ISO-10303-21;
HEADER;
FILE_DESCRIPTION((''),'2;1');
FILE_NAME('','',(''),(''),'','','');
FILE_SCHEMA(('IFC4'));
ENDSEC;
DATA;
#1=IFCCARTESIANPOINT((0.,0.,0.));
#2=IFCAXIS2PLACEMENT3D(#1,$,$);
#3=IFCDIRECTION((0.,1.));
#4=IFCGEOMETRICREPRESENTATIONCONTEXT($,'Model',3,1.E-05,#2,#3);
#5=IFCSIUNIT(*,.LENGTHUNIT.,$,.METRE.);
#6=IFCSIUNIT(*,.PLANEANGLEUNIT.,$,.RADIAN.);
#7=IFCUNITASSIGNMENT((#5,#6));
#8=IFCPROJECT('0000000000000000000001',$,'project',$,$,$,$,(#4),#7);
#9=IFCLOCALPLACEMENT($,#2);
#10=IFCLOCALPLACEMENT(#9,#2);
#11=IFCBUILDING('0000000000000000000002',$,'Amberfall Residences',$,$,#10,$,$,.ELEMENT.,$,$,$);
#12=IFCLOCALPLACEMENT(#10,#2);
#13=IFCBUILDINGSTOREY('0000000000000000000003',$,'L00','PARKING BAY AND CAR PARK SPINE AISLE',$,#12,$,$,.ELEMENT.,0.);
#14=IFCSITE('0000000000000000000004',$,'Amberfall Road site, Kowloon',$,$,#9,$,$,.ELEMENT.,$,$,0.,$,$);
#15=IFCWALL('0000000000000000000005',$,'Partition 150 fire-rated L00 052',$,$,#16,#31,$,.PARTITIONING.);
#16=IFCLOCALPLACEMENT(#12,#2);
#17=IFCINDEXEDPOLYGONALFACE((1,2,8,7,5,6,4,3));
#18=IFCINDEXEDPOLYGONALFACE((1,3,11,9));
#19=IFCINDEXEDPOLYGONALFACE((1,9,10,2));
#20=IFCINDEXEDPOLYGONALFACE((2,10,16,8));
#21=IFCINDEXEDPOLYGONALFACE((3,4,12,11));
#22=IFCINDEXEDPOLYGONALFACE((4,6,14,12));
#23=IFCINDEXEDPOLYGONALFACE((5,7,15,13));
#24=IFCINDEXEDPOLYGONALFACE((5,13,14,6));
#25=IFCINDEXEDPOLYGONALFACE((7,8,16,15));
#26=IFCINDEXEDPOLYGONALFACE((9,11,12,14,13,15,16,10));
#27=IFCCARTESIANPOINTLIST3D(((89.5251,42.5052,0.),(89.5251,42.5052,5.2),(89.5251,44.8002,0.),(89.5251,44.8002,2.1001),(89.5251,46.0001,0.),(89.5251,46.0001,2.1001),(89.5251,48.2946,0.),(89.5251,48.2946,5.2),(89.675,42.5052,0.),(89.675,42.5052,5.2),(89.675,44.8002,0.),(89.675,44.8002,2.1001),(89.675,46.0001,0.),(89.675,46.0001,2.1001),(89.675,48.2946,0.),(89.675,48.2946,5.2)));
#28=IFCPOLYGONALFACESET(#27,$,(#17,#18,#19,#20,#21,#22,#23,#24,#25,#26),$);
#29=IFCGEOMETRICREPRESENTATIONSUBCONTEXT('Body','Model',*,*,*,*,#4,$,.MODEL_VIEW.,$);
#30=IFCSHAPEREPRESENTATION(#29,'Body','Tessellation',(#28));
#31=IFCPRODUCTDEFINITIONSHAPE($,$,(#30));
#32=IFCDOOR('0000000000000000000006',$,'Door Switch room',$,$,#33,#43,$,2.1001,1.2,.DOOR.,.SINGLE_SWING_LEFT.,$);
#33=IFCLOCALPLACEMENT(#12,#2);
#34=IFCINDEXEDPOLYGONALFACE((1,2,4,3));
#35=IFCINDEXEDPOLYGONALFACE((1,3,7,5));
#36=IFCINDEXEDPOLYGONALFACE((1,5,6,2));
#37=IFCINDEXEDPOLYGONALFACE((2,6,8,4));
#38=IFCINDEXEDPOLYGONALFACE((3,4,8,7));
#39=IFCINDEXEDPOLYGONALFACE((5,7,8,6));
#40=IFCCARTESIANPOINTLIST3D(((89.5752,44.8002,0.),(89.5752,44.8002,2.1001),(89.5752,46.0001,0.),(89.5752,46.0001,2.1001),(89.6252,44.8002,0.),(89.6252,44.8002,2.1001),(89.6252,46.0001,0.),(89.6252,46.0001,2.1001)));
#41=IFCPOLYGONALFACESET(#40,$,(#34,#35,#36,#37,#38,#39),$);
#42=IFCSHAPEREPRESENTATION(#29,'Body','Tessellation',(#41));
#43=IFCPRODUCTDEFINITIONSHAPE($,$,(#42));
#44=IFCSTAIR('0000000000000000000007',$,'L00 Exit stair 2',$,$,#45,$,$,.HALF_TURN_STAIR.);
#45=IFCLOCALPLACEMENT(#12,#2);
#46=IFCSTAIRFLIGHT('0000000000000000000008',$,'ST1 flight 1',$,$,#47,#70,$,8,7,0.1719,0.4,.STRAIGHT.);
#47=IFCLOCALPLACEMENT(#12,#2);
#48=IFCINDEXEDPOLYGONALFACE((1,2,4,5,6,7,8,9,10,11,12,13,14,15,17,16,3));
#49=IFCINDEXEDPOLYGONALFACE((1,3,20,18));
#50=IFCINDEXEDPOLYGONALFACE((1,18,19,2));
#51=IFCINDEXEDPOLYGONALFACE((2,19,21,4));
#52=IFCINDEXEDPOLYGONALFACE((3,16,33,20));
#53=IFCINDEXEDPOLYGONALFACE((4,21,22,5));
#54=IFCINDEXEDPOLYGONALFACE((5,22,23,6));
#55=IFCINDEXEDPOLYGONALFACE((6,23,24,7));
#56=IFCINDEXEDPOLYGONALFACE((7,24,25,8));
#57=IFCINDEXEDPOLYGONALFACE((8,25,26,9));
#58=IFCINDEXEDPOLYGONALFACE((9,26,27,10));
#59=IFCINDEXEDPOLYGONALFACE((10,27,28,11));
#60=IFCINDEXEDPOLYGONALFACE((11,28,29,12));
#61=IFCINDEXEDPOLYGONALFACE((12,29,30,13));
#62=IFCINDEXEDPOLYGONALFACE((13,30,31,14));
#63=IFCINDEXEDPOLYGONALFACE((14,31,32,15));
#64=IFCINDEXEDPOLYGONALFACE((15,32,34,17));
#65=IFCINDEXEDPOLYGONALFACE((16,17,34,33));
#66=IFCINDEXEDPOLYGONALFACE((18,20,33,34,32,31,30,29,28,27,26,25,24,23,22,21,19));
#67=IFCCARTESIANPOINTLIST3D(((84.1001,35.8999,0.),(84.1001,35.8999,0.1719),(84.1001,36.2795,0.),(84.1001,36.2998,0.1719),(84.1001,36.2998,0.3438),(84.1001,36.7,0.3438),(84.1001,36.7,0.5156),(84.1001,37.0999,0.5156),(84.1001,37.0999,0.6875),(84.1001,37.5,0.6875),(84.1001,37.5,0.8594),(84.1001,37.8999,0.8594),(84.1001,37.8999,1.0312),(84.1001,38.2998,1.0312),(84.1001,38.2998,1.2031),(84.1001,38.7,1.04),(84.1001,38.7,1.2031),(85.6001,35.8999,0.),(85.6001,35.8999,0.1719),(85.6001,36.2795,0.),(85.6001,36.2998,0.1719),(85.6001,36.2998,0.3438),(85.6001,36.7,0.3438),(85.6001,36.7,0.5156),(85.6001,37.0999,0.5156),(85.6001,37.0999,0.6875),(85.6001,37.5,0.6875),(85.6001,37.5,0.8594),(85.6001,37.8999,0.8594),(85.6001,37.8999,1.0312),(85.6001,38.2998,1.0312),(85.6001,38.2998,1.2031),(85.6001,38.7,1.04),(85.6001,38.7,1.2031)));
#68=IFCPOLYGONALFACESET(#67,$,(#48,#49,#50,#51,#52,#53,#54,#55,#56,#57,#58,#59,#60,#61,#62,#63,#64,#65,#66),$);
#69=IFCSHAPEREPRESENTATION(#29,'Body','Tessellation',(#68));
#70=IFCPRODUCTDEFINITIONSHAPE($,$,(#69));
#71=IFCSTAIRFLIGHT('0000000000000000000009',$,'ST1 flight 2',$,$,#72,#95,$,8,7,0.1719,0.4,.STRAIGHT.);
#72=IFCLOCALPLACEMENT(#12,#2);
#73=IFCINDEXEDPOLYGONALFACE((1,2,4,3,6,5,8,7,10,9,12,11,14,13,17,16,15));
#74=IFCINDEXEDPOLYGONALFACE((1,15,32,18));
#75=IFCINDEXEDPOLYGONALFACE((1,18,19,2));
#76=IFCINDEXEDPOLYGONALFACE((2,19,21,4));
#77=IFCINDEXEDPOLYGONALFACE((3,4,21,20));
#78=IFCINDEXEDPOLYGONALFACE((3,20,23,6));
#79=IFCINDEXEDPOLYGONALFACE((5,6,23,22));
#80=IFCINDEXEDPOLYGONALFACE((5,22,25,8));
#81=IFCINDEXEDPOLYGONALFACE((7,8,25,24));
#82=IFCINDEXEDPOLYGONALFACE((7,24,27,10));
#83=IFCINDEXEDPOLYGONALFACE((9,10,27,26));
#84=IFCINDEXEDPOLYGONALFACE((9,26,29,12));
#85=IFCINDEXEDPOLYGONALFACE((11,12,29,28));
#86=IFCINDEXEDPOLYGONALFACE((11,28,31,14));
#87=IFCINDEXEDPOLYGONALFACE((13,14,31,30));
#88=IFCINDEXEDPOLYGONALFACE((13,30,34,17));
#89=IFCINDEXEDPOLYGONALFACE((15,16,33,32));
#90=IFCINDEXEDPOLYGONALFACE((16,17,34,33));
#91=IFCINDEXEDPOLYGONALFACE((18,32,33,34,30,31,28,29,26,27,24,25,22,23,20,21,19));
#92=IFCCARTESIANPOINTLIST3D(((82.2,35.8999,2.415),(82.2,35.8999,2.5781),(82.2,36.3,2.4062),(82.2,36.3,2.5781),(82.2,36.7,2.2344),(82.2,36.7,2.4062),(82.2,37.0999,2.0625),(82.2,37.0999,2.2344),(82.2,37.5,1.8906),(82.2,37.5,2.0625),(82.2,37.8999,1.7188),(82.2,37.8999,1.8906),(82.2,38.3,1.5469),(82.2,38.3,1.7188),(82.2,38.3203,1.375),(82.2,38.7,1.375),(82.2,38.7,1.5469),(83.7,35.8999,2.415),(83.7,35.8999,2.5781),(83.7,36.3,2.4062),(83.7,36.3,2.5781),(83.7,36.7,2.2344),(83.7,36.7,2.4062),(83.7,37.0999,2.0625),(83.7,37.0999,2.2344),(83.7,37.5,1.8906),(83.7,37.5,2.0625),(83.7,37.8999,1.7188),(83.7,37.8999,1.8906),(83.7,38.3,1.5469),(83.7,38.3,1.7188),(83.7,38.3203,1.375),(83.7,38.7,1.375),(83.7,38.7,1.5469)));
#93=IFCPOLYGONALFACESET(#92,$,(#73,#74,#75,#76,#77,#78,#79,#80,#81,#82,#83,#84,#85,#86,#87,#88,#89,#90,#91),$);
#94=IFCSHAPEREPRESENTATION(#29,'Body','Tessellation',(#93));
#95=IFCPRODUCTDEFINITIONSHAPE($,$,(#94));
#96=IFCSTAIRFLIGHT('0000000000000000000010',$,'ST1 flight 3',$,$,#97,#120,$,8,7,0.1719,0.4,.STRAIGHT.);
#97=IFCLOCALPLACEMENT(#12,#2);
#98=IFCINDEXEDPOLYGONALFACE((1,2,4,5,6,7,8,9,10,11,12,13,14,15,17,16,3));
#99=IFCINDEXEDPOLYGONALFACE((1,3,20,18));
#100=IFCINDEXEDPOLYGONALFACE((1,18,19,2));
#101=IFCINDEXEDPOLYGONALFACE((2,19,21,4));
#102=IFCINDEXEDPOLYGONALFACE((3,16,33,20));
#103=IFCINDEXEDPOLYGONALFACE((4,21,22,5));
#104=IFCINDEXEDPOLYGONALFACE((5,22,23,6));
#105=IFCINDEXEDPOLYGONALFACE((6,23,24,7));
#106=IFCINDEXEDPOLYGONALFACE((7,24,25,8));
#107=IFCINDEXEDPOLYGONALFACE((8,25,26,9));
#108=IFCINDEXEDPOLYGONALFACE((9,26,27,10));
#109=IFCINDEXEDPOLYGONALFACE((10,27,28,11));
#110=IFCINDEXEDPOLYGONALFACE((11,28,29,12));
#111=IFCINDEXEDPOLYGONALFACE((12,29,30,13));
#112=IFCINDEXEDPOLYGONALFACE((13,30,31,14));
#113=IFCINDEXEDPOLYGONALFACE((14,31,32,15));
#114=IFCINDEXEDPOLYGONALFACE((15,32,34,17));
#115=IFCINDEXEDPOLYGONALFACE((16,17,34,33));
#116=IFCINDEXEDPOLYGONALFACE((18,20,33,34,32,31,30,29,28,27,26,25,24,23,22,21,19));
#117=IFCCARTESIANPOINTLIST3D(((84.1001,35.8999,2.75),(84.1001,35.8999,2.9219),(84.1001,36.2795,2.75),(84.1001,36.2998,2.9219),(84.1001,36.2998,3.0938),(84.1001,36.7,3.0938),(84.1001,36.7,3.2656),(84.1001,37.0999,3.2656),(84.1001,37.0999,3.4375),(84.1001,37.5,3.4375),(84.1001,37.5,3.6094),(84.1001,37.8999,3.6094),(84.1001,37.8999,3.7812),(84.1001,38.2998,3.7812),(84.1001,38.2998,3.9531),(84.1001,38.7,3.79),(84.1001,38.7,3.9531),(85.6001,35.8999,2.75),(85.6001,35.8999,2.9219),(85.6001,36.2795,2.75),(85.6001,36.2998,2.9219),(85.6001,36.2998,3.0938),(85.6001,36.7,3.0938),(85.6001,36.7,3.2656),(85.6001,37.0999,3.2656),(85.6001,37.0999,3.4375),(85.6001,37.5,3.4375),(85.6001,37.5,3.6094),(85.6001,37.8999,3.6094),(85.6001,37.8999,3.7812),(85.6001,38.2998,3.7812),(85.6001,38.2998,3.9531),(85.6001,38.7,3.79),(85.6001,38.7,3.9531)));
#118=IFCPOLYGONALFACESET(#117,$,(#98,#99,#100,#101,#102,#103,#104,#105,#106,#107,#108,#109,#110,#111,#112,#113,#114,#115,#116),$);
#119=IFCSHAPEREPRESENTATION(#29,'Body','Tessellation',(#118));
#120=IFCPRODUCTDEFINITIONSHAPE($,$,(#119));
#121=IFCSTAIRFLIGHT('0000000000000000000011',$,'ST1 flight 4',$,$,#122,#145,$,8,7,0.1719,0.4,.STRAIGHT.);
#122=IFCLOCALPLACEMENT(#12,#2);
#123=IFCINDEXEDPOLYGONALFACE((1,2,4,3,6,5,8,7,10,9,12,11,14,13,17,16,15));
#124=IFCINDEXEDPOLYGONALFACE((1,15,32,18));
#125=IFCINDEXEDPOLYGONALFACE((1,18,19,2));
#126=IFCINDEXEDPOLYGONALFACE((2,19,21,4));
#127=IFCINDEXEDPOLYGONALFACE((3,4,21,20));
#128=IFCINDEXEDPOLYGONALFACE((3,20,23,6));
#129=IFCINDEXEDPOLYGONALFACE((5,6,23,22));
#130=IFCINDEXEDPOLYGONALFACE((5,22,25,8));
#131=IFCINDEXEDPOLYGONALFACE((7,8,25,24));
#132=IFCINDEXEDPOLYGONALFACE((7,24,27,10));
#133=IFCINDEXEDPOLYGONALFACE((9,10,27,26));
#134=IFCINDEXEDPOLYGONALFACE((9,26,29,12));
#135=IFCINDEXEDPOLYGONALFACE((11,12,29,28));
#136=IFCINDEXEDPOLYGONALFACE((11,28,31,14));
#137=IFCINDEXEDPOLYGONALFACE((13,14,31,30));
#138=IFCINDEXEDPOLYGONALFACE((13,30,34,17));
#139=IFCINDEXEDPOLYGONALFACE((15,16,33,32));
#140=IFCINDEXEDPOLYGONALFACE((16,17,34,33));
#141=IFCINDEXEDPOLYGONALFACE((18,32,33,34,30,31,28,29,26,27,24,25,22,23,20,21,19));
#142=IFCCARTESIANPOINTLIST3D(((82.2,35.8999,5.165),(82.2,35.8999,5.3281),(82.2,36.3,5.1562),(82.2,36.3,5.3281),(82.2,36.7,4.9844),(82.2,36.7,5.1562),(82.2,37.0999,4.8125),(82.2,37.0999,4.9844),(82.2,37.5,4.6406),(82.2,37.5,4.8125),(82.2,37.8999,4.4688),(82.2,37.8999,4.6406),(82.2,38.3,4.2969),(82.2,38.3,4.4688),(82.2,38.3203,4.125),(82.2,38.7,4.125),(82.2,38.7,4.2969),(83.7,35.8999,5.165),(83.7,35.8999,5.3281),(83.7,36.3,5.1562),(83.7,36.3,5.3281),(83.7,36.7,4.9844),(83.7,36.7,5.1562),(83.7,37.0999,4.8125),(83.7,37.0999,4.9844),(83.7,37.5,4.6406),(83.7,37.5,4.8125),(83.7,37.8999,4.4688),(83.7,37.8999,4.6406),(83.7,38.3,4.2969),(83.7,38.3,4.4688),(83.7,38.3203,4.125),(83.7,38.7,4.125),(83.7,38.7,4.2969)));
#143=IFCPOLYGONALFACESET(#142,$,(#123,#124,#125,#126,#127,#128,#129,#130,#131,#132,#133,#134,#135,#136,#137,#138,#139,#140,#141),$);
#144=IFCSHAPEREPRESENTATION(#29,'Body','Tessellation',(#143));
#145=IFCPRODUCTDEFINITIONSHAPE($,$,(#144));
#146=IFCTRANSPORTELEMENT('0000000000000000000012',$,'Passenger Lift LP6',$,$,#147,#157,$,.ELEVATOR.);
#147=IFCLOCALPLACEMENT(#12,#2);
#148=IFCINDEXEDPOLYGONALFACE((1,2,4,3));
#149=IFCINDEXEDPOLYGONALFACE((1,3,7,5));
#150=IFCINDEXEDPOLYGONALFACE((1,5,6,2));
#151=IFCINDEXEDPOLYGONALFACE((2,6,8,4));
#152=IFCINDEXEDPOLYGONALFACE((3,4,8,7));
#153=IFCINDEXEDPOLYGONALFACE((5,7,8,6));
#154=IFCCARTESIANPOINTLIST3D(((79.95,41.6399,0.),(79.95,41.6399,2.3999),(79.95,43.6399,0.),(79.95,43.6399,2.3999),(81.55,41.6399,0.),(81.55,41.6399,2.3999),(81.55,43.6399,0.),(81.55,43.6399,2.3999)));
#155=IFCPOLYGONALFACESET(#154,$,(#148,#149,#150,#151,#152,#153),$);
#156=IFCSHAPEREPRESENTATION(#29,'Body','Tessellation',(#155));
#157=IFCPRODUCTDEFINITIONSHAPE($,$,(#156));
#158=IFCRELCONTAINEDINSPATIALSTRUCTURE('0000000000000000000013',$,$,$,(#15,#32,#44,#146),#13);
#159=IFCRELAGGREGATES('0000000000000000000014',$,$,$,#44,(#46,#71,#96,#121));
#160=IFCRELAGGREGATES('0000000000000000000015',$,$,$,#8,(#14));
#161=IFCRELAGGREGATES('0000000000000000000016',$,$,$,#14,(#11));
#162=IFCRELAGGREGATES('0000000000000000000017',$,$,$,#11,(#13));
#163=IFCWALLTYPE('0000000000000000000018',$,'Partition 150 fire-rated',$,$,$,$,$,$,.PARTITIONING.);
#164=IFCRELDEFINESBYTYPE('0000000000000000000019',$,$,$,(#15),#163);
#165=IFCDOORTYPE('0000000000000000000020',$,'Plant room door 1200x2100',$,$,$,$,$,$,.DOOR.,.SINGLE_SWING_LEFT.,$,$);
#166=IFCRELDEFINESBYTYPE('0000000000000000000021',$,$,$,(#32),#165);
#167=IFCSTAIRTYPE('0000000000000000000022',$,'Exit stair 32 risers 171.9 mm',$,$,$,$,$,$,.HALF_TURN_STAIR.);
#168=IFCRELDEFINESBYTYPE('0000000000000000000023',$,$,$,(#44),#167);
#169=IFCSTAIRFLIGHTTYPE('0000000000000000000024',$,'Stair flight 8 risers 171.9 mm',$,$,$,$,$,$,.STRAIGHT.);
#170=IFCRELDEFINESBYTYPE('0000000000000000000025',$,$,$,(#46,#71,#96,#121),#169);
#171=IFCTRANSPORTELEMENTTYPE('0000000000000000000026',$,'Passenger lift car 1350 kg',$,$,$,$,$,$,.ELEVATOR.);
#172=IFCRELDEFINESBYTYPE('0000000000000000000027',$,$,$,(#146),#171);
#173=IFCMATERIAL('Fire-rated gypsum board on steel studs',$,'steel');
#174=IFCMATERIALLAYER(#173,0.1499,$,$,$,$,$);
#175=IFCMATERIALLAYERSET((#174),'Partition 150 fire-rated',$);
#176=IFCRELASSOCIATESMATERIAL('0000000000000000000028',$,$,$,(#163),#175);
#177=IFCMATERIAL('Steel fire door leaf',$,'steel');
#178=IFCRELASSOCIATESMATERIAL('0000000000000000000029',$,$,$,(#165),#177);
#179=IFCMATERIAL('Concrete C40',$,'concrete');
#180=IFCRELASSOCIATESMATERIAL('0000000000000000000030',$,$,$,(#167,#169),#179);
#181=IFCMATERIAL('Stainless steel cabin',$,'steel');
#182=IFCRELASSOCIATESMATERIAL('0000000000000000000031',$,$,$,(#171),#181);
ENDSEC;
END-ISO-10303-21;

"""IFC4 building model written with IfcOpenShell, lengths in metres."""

from ifc_helpers import new_model, si_unit, direction, frame, frame_2d, origin, origin_2d, place, context, subcontext, project, spatial, polyline, rectangle, outline, extrude, material, layer, layer_set, type_object, element, fill, aggregate, save


model = new_model("IFC4")

# Units and contexts
model_context = context("Model", 3, precision=1e-05, world=origin(), true_north=direction((0.0, 1.0)))
body_context = subcontext(model_context, "Body", "Model", "MODEL_VIEW")
ifc_project = project(units=[si_unit("LENGTHUNIT", "METRE"), si_unit("PLANEANGLEUNIT", "RADIAN")], contexts=[model_context])

# Site, building, storey
site_placement = place(None, origin())
site = spatial("IfcSite", under=ifc_project, at=site_placement, Name="Amberfall Road site, Kowloon", CompositionType="ELEMENT", RefElevation=0.0)
building_placement = place(site_placement, origin())
building = spatial("IfcBuilding", under=site, at=building_placement, Name="Amberfall Residences", CompositionType="ELEMENT")
storey_placement = place(building_placement, origin())
storey = spatial("IfcBuildingStorey", under=building, at=storey_placement, Name="L00", Description="PARKING BAY AND CAR PARK SPINE AISLE", CompositionType="ELEMENT", Elevation=0.0)

# Shared definitions
ifc_material_1 = material(Name="Fire-rated gypsum board on steel studs", Category="steel")
ifc_layer_1 = layer(ifc_material_1, 0.1499)
ifc_layer_set_1 = layer_set([ifc_layer_1], Name="Partition 150 fire-rated")
wall_type_1 = type_object("IfcWallType", Name="Partition 150 fire-rated", PredefinedType="PARTITIONING", material=ifc_layer_set_1)
ifc_material_2 = material(Name="Steel fire door leaf", Category="steel")

# Wall, opening, door
wall_1_placement = place(storey_placement, frame((89.6001, 42.5054, 0.0), z_axis=(0.0, 0.0, 1.0), x_axis=(0.0, 1.0, 0.0)))
wall_1 = element("IfcWall", 1, at=wall_1_placement, inside=storey, type_object=wall_type_1, Name="Partition 150 fire-rated L00 052", PredefinedType="PARTITIONING", context=body_context, shape_type="SweptSolid", body=[
    extrude(rectangle(XDim=5.7893, YDim=0.1499, at=frame_2d((2.8945, 0.0))), origin(), (0.0, 0.0, 1.0), 5.2),
])
opening_1_placement = place(wall_1_placement, frame((2.2947, 0.0, 0.0)))
opening_1 = element("IfcOpeningElement", 2, at=opening_1_placement, cuts=wall_1, PredefinedType="OPENING", context=body_context, shape_type="SweptSolid", body=[
    extrude(rectangle(XDim=1.2, YDim=2.1001, at=frame_2d((0.6001, 1.05))), frame((0.0, 0.085, 0.0), z_axis=(0.0, -1.0, 0.0), x_axis=(1.0, 0.0, 0.0)), (0.0, 0.0, 1.0), 0.1699),
])
door_type_1 = type_object("IfcDoorType", Name="Plant room door 1200x2100", OperationType="SINGLE_SWING_LEFT", PredefinedType="DOOR", material=ifc_material_2)
door_1_placement = place(opening_1_placement, origin())
door_1 = element("IfcDoor", 3, at=door_1_placement, inside=storey, type_object=door_type_1, Name="Door Switch room", OperationType="SINGLE_SWING_LEFT", OverallHeight=2.1001, OverallWidth=1.2, PredefinedType="DOOR", context=body_context, shape_type="SweptSolid", body=[
    extrude(rectangle(XDim=1.2, YDim=2.1001, at=frame_2d((0.6001, 1.05))), frame((0.0, 0.0249, 0.0), z_axis=(0.0, -1.0, 0.0), x_axis=(1.0, 0.0, 0.0)), (0.0, 0.0, 1.0), 0.05),
])
fill(opening_1, door_1)

# Stair, stair flights
ifc_material_3 = material(Name="Concrete C40", Category="concrete")
stair_type = type_object("IfcStairType", Name="Exit stair 32 risers 171.9 mm", PredefinedType="HALF_TURN_STAIR", material=ifc_material_3)
stair_placement = place(storey_placement, origin())
stair = element("IfcStair", 4, at=stair_placement, inside=storey, type_object=stair_type, Name="L00 Exit stair 2", PredefinedType="HALF_TURN_STAIR")
stair_flight_type = type_object("IfcStairFlightType", Name="Stair flight 8 risers 171.9 mm", PredefinedType="STRAIGHT", material=ifc_material_3)
stair_flight_1_placement = place(storey_placement, frame((84.8501, 35.8999, 0.0), z_axis=(0.0, 0.0, 1.0), x_axis=(0.0, 1.0, 0.0)))
stair_flight_1 = element("IfcStairFlight", 5, at=stair_flight_1_placement, type_object=stair_flight_type, Name="ST1 flight 1", NumberOfRisers=8, NumberOfTreads=7, PredefinedType="STRAIGHT", RiserHeight=0.1719, TreadLength=0.4, context=body_context, shape_type="SweptSolid", body=[
    extrude(outline(polyline([(0.0, 0.0), (0.0, 0.1719), (0.3999, 0.1719), (0.3999, 0.3438), (0.8, 0.3438), (0.8, 0.5156), (1.2, 0.5156), (1.2, 0.6875), (1.6001, 0.6875), (1.6001, 0.8594), (2.0, 0.8594), (2.0, 1.0312), (2.3999, 1.0312), (2.3999, 1.2031), (2.8, 1.2031), (2.8, 1.375), (2.8, 1.04), (0.3796, 0.0), (0.0, 0.0)])), frame((0.0, 0.75, 0.0), z_axis=(0.0, -1.0, 0.0), x_axis=(1.0, 0.0, 0.0)), (0.0, 0.0, 1.0), 1.5),
])
stair_flight_2_placement = place(storey_placement, frame((82.95, 38.7, 1.375), z_axis=(0.0, 0.0, 1.0), x_axis=(0.0, -1.0, 0.0)))
stair_flight_2 = element("IfcStairFlight", 6, at=stair_flight_2_placement, type_object=stair_flight_type, Name="ST1 flight 2", NumberOfRisers=8, NumberOfTreads=7, PredefinedType="STRAIGHT", RiserHeight=0.1719, TreadLength=0.4, context=body_context, shape_type="SweptSolid", body=[
    extrude(outline(polyline([(0.0, 0.0), (0.0, 0.1719), (0.3999, 0.1719), (0.3999, 0.3438), (0.8, 0.3438), (0.8, 0.5156), (1.2, 0.5156), (1.2, 0.6875), (1.6001, 0.6875), (1.6001, 0.8594), (2.0, 0.8594), (2.0, 1.0312), (2.3999, 1.0312), (2.3999, 1.2031), (2.8, 1.2031), (2.8, 1.375), (2.8, 1.04), (0.3796, 0.0), (0.0, 0.0)])), frame((0.0, 0.75, 0.0), z_axis=(0.0, -1.0, 0.0), x_axis=(1.0, 0.0, 0.0)), (0.0, 0.0, 1.0), 1.5),
])
stair_flight_3_placement = place(storey_placement, frame((84.8501, 35.8999, 2.75), z_axis=(0.0, 0.0, 1.0), x_axis=(0.0, 1.0, 0.0)))
stair_flight_3 = element("IfcStairFlight", 7, at=stair_flight_3_placement, type_object=stair_flight_type, Name="ST1 flight 3", NumberOfRisers=8, NumberOfTreads=7, PredefinedType="STRAIGHT", RiserHeight=0.1719, TreadLength=0.4, context=body_context, shape_type="SweptSolid", body=[
    extrude(outline(polyline([(0.0, 0.0), (0.0, 0.1719), (0.3999, 0.1719), (0.3999, 0.3438), (0.8, 0.3438), (0.8, 0.5156), (1.2, 0.5156), (1.2, 0.6875), (1.6001, 0.6875), (1.6001, 0.8594), (2.0, 0.8594), (2.0, 1.0312), (2.3999, 1.0312), (2.3999, 1.2031), (2.8, 1.2031), (2.8, 1.375), (2.8, 1.04), (0.3796, 0.0), (0.0, 0.0)])), frame((0.0, 0.75, 0.0), z_axis=(0.0, -1.0, 0.0), x_axis=(1.0, 0.0, 0.0)), (0.0, 0.0, 1.0), 1.5),
])
stair_flight_4_placement = place(storey_placement, frame((82.95, 38.7, 4.125), z_axis=(0.0, 0.0, 1.0), x_axis=(0.0, -1.0, 0.0)))
stair_flight_4 = element("IfcStairFlight", 8, at=stair_flight_4_placement, type_object=stair_flight_type, Name="ST1 flight 4", NumberOfRisers=8, NumberOfTreads=7, PredefinedType="STRAIGHT", RiserHeight=0.1719, TreadLength=0.4, context=body_context, shape_type="SweptSolid", body=[
    extrude(outline(polyline([(0.0, 0.0), (0.0, 0.1719), (0.3999, 0.1719), (0.3999, 0.3438), (0.8, 0.3438), (0.8, 0.5156), (1.2, 0.5156), (1.2, 0.6875), (1.6001, 0.6875), (1.6001, 0.8594), (2.0, 0.8594), (2.0, 1.0312), (2.3999, 1.0312), (2.3999, 1.2031), (2.8, 1.2031), (2.8, 1.375), (2.8, 1.04), (0.3796, 0.0), (0.0, 0.0)])), frame((0.0, 0.75, 0.0), z_axis=(0.0, -1.0, 0.0), x_axis=(1.0, 0.0, 0.0)), (0.0, 0.0, 1.0), 1.5),
])
aggregate(stair, [stair_flight_1, stair_flight_2, stair_flight_3, stair_flight_4])

# Transport element
ifc_material_4 = material(Name="Stainless steel cabin", Category="steel")
transport_element_type = type_object("IfcTransportElementType", Name="Passenger lift car 1350 kg", PredefinedType="ELEVATOR", material=ifc_material_4)
transport_element_placement = place(storey_placement, frame((80.75, 42.6399, 0.0), z_axis=(0.0, 0.0, 1.0), x_axis=(1.0, 0.0, 0.0)))
element("IfcTransportElement", 9, at=transport_element_placement, inside=storey, type_object=transport_element_type, Name="Passenger Lift LP6", PredefinedType="ELEVATOR", context=body_context, shape_type="SweptSolid", body=[
    extrude(rectangle(XDim=1.6001, YDim=2.0, at=origin_2d()), origin(), (0.0, 0.0, 1.0), 2.3999),
])

save(model, "model.ifc")
